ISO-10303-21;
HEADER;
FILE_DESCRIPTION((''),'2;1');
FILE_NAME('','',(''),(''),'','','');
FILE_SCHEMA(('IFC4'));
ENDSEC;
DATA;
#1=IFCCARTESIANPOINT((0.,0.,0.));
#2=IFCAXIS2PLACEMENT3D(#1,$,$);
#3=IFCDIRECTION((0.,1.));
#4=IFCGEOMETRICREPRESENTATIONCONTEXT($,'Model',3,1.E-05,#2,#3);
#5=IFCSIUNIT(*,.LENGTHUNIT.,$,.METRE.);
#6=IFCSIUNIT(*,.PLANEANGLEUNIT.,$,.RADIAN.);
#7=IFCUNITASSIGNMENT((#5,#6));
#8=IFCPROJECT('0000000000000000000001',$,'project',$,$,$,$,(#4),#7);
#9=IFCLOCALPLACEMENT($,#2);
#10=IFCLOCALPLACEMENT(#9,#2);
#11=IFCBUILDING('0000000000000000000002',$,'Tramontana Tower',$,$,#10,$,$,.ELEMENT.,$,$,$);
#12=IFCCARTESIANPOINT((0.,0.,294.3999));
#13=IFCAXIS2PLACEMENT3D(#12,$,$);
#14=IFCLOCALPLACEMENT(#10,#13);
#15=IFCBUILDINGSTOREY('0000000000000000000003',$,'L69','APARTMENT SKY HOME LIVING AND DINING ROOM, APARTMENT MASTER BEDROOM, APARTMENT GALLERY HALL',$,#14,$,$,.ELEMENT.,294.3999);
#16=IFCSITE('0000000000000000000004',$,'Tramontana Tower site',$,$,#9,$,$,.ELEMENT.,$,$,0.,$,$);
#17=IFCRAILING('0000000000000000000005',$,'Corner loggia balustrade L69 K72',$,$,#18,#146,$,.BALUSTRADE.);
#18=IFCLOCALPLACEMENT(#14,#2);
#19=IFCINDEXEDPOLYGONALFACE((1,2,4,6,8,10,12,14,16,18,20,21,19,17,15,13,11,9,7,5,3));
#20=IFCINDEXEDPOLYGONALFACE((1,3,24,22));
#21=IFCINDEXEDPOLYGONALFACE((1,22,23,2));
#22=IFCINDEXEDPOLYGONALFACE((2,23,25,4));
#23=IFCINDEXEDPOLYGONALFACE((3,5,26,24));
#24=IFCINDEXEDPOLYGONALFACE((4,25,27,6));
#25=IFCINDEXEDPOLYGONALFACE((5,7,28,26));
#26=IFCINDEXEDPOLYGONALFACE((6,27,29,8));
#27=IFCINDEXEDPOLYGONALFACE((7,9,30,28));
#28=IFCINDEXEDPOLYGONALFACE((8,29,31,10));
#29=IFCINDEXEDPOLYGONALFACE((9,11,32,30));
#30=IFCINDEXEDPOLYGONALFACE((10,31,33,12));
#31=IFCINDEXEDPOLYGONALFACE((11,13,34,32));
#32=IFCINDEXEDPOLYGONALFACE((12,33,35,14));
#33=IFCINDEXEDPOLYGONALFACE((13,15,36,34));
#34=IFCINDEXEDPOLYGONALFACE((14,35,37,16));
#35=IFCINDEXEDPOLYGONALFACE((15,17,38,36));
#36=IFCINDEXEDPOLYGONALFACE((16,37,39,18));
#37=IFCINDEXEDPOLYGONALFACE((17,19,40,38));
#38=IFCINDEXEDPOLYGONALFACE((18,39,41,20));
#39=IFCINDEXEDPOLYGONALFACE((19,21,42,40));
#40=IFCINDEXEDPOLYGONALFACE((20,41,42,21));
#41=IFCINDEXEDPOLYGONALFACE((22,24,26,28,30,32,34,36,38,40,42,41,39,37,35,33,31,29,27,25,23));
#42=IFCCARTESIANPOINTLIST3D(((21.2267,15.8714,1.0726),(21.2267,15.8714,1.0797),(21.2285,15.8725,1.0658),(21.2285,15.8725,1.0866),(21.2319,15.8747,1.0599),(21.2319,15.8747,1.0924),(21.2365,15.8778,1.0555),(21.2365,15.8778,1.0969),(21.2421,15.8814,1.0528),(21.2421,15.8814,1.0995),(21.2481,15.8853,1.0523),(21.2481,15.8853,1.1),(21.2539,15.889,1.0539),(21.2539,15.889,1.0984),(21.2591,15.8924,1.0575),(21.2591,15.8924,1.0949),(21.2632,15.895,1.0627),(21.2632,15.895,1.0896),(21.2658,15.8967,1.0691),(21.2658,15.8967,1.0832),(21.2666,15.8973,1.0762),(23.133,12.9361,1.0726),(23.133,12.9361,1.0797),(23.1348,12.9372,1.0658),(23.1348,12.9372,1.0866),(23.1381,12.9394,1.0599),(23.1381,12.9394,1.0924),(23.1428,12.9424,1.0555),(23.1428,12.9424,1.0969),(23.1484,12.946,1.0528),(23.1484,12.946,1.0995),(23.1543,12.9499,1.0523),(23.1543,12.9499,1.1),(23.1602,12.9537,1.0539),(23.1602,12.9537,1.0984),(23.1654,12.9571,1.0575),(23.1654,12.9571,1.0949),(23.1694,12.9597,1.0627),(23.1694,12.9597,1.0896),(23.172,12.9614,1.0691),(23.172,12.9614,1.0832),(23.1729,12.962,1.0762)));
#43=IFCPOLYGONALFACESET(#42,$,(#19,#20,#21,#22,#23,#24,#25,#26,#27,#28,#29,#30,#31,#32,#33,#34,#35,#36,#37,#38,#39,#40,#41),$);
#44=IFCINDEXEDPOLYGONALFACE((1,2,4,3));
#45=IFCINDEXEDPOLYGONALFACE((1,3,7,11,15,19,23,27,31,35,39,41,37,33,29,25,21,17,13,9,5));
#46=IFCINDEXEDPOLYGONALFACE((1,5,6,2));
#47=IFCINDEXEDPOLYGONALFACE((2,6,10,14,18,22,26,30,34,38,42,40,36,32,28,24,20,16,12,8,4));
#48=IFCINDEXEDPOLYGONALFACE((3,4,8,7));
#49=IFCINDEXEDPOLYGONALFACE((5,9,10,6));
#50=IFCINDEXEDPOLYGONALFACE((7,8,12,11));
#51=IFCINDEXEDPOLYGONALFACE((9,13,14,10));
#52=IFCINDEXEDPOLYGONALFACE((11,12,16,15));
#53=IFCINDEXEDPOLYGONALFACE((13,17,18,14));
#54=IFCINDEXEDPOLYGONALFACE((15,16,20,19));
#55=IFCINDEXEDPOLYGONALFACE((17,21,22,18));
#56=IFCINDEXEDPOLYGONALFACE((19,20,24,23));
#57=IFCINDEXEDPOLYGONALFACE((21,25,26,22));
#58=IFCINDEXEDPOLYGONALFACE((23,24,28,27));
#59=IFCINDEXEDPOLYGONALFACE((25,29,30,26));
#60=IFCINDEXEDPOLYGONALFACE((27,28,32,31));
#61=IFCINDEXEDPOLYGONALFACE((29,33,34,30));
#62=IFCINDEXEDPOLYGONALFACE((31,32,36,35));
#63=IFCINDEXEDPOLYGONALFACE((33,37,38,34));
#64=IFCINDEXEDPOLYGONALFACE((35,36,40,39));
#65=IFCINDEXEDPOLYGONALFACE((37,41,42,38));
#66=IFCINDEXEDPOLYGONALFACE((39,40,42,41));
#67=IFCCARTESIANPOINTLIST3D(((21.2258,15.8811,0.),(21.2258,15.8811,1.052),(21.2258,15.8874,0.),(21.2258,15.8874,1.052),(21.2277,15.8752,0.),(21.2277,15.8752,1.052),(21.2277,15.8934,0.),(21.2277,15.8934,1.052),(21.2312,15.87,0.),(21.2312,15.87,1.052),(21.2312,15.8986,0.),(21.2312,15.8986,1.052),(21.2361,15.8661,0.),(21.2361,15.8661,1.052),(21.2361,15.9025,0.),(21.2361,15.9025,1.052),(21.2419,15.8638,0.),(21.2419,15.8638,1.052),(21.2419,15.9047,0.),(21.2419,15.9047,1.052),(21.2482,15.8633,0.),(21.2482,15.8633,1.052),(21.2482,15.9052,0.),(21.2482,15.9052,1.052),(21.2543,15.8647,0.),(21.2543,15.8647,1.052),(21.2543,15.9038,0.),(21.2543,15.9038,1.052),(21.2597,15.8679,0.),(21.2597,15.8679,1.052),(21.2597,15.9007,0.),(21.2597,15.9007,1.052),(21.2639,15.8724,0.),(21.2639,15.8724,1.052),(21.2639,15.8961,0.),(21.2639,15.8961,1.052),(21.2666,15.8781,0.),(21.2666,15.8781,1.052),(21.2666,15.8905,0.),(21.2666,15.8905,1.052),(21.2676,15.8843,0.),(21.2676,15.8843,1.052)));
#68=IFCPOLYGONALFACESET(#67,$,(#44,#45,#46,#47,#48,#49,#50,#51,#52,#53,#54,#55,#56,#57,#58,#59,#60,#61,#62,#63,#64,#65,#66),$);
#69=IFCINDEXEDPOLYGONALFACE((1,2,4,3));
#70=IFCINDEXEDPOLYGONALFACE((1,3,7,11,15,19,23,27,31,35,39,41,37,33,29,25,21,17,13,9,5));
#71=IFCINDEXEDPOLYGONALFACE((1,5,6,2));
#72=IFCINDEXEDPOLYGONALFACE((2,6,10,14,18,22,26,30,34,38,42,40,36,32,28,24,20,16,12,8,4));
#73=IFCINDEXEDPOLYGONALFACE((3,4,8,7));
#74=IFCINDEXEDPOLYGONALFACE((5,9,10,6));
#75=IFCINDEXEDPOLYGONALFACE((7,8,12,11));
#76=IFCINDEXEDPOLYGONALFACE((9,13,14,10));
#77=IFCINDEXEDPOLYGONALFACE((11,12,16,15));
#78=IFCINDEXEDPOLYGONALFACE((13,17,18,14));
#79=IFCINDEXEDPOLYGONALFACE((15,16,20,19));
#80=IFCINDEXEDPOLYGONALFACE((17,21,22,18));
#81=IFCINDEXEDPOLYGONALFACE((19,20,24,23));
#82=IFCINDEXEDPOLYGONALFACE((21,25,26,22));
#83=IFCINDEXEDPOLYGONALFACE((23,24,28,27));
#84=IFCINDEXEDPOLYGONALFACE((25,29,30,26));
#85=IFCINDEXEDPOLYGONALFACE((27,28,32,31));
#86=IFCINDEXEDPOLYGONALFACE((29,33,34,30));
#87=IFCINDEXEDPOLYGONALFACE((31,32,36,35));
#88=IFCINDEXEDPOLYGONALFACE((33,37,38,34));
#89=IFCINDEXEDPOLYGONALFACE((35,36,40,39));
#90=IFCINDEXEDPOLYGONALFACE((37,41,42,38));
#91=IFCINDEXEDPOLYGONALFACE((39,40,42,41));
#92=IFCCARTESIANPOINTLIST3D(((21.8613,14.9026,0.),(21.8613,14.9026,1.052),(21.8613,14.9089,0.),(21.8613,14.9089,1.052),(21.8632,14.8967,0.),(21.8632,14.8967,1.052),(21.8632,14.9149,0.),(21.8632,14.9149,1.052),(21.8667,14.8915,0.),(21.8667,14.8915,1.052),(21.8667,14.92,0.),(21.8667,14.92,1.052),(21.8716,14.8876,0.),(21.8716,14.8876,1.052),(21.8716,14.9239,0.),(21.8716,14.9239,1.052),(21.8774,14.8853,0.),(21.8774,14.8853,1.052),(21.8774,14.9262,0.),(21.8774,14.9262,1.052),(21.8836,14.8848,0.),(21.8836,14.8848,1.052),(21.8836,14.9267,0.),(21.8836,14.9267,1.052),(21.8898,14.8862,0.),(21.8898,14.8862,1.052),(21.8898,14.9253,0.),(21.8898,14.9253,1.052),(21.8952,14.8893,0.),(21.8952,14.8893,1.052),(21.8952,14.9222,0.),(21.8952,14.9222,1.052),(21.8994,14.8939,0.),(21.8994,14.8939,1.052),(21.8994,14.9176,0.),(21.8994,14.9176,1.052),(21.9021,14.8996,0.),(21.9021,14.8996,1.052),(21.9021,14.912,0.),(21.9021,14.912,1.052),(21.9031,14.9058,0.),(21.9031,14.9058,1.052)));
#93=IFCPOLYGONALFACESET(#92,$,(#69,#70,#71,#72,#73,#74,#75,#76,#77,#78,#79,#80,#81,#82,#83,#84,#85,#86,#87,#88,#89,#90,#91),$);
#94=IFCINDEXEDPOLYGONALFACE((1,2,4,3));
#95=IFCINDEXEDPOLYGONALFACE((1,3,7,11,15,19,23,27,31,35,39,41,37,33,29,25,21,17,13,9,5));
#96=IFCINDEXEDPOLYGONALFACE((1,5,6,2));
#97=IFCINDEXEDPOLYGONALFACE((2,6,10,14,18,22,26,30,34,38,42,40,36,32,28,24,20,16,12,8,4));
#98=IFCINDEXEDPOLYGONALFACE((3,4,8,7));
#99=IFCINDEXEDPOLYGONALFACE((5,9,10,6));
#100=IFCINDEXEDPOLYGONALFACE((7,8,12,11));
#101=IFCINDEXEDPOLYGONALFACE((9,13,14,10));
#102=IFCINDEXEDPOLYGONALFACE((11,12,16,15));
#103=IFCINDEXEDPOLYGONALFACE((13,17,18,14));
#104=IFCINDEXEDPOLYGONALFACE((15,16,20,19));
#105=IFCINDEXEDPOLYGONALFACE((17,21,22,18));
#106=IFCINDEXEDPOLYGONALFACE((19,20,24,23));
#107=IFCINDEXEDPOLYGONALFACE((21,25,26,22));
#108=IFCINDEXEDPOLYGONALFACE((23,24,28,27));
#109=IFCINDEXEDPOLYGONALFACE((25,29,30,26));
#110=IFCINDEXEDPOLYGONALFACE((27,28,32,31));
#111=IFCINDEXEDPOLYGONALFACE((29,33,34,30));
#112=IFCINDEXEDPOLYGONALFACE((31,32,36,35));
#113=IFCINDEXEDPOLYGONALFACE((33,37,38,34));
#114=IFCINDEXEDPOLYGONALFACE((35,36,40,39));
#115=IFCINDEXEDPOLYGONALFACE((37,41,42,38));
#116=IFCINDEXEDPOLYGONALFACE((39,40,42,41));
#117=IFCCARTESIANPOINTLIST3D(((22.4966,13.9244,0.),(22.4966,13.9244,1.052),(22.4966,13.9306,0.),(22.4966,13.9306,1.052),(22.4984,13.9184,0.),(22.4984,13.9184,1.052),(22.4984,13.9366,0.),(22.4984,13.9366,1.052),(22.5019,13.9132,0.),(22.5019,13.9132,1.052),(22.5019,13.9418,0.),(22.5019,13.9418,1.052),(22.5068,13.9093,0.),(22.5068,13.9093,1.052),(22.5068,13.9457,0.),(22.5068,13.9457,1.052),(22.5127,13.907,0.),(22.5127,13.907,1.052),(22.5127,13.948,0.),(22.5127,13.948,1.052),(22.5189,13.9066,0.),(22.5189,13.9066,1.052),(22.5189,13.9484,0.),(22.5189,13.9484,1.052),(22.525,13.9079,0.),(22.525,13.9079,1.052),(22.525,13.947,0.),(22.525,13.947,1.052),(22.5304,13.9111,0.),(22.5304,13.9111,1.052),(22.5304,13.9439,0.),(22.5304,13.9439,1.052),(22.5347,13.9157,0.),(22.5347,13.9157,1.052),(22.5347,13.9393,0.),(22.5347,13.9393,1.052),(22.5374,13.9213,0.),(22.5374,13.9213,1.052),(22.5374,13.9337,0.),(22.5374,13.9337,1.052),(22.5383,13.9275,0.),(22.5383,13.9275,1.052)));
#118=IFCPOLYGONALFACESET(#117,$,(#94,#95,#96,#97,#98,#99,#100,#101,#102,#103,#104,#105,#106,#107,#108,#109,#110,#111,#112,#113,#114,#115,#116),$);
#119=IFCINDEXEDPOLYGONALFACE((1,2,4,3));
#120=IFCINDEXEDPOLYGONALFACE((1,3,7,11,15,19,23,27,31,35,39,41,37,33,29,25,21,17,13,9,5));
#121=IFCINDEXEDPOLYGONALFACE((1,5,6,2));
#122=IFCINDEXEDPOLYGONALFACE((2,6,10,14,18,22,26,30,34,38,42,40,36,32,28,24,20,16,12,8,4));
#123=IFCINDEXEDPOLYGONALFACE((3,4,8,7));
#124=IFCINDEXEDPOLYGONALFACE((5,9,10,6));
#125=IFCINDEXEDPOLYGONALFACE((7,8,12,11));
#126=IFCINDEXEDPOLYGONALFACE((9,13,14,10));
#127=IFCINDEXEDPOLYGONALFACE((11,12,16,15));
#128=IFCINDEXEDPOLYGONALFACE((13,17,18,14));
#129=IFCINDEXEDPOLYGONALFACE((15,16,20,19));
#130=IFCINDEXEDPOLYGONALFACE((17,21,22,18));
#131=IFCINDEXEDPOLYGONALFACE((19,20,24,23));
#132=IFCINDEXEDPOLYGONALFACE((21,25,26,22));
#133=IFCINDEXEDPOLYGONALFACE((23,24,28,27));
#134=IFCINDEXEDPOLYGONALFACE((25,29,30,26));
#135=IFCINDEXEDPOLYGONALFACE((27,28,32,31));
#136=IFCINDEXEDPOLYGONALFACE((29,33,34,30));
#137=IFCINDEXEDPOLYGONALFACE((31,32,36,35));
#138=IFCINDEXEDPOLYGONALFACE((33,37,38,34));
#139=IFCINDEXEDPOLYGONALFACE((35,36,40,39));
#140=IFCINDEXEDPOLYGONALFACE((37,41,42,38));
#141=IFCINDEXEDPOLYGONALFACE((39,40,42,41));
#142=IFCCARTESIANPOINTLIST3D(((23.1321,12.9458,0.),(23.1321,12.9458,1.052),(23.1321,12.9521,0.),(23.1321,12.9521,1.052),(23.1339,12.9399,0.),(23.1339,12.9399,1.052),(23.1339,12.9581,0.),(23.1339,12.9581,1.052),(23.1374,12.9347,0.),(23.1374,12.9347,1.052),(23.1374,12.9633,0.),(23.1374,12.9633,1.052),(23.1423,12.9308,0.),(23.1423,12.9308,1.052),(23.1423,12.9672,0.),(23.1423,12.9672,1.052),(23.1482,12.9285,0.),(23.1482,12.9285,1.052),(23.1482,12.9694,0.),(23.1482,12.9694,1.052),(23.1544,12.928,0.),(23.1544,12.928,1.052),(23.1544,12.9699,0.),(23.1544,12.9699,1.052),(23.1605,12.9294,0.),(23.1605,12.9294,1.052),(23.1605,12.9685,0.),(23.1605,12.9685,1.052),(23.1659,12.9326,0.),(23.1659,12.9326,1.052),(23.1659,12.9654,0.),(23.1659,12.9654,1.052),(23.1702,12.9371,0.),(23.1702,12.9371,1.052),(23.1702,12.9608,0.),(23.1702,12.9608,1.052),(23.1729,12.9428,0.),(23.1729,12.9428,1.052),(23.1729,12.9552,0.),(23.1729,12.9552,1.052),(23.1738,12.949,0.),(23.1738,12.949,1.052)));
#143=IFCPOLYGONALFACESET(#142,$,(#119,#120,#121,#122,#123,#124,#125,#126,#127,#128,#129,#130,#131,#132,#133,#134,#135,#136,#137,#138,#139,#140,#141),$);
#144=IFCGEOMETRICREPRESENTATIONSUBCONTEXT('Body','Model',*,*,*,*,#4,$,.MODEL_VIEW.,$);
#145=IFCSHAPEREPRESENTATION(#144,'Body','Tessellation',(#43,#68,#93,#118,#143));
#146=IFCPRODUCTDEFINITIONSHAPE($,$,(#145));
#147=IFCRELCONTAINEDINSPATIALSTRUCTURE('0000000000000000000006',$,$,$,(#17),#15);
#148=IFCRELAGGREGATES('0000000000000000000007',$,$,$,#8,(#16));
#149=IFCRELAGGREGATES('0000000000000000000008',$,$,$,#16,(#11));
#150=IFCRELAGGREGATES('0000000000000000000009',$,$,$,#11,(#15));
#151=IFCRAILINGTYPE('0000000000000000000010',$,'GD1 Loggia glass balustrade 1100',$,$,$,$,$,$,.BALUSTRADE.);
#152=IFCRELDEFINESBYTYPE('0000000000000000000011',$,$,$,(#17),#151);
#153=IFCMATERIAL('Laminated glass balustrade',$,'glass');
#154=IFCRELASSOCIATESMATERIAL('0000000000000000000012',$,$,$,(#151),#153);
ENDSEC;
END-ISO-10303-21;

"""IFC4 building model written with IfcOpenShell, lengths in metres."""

from ifc_helpers import new_model, si_unit, direction, frame, origin, origin_2d, place, context, subcontext, project, spatial, circle, extrude, material, type_object, element, save


model = new_model("IFC4")

# Units and contexts
model_context = context("Model", 3, precision=1e-05, world=origin(), true_north=direction((0.0, 1.0)))
body_context = subcontext(model_context, "Body", "Model", "MODEL_VIEW")
ifc_project = project(units=[si_unit("LENGTHUNIT", "METRE"), si_unit("PLANEANGLEUNIT", "RADIAN")], contexts=[model_context])

# Site, building, storey
site_placement = place(None, origin())
site = spatial("IfcSite", under=ifc_project, at=site_placement, Name="Tramontana Tower site", CompositionType="ELEMENT", RefElevation=0.0)
building_placement = place(site_placement, origin())
building = spatial("IfcBuilding", under=site, at=building_placement, Name="Tramontana Tower", CompositionType="ELEMENT")
storey_placement = place(building_placement, frame((0.0, 0.0, 294.3999)))
storey = spatial("IfcBuildingStorey", under=building, at=storey_placement, Name="L69", Description="APARTMENT SKY HOME LIVING AND DINING ROOM, APARTMENT MASTER BEDROOM, APARTMENT GALLERY HALL", CompositionType="ELEMENT", Elevation=294.3999)

# Railing
ifc_material_1 = material(Name="Laminated glass balustrade", Category="glass")
railing_type = type_object("IfcRailingType", Name="GD1 Loggia glass balustrade 1100", PredefinedType="BALUSTRADE", material=ifc_material_1)
railing_1_placement = place(storey_placement, frame((21.2466, 15.8843, 0.0)))
element("IfcRailing", 1, at=railing_1_placement, inside=storey, type_object=railing_type, Name="Corner loggia balustrade L69 K72", PredefinedType="BALUSTRADE", context=body_context, shape_type="SweptSolid", body=[
    extrude(circle(Radius=0.0239, at=origin_2d()), frame((0.0, 0.0, 1.0762), z_axis=(0.544647, -0.838665, 0.0), x_axis=(0.838665, 0.544647, 0.0)), (0.0, 0.0, 1.0), 3.5),
    extrude(circle(Radius=0.021, at=origin_2d()), origin(), (0.0, 0.0, 1.0), 1.052),
    extrude(circle(Radius=0.021, at=origin_2d()), frame((0.6355, -0.9785, 0.0)), (0.0, 0.0, 1.0), 1.052),
    extrude(circle(Radius=0.021, at=origin_2d()), frame((1.2708, -1.9568, 0.0)), (0.0, 0.0, 1.0), 1.052),
    extrude(circle(Radius=0.021, at=origin_2d()), frame((1.9062, -2.9353, 0.0)), (0.0, 0.0, 1.0), 1.052),
])

save(model, "model.ifc")
